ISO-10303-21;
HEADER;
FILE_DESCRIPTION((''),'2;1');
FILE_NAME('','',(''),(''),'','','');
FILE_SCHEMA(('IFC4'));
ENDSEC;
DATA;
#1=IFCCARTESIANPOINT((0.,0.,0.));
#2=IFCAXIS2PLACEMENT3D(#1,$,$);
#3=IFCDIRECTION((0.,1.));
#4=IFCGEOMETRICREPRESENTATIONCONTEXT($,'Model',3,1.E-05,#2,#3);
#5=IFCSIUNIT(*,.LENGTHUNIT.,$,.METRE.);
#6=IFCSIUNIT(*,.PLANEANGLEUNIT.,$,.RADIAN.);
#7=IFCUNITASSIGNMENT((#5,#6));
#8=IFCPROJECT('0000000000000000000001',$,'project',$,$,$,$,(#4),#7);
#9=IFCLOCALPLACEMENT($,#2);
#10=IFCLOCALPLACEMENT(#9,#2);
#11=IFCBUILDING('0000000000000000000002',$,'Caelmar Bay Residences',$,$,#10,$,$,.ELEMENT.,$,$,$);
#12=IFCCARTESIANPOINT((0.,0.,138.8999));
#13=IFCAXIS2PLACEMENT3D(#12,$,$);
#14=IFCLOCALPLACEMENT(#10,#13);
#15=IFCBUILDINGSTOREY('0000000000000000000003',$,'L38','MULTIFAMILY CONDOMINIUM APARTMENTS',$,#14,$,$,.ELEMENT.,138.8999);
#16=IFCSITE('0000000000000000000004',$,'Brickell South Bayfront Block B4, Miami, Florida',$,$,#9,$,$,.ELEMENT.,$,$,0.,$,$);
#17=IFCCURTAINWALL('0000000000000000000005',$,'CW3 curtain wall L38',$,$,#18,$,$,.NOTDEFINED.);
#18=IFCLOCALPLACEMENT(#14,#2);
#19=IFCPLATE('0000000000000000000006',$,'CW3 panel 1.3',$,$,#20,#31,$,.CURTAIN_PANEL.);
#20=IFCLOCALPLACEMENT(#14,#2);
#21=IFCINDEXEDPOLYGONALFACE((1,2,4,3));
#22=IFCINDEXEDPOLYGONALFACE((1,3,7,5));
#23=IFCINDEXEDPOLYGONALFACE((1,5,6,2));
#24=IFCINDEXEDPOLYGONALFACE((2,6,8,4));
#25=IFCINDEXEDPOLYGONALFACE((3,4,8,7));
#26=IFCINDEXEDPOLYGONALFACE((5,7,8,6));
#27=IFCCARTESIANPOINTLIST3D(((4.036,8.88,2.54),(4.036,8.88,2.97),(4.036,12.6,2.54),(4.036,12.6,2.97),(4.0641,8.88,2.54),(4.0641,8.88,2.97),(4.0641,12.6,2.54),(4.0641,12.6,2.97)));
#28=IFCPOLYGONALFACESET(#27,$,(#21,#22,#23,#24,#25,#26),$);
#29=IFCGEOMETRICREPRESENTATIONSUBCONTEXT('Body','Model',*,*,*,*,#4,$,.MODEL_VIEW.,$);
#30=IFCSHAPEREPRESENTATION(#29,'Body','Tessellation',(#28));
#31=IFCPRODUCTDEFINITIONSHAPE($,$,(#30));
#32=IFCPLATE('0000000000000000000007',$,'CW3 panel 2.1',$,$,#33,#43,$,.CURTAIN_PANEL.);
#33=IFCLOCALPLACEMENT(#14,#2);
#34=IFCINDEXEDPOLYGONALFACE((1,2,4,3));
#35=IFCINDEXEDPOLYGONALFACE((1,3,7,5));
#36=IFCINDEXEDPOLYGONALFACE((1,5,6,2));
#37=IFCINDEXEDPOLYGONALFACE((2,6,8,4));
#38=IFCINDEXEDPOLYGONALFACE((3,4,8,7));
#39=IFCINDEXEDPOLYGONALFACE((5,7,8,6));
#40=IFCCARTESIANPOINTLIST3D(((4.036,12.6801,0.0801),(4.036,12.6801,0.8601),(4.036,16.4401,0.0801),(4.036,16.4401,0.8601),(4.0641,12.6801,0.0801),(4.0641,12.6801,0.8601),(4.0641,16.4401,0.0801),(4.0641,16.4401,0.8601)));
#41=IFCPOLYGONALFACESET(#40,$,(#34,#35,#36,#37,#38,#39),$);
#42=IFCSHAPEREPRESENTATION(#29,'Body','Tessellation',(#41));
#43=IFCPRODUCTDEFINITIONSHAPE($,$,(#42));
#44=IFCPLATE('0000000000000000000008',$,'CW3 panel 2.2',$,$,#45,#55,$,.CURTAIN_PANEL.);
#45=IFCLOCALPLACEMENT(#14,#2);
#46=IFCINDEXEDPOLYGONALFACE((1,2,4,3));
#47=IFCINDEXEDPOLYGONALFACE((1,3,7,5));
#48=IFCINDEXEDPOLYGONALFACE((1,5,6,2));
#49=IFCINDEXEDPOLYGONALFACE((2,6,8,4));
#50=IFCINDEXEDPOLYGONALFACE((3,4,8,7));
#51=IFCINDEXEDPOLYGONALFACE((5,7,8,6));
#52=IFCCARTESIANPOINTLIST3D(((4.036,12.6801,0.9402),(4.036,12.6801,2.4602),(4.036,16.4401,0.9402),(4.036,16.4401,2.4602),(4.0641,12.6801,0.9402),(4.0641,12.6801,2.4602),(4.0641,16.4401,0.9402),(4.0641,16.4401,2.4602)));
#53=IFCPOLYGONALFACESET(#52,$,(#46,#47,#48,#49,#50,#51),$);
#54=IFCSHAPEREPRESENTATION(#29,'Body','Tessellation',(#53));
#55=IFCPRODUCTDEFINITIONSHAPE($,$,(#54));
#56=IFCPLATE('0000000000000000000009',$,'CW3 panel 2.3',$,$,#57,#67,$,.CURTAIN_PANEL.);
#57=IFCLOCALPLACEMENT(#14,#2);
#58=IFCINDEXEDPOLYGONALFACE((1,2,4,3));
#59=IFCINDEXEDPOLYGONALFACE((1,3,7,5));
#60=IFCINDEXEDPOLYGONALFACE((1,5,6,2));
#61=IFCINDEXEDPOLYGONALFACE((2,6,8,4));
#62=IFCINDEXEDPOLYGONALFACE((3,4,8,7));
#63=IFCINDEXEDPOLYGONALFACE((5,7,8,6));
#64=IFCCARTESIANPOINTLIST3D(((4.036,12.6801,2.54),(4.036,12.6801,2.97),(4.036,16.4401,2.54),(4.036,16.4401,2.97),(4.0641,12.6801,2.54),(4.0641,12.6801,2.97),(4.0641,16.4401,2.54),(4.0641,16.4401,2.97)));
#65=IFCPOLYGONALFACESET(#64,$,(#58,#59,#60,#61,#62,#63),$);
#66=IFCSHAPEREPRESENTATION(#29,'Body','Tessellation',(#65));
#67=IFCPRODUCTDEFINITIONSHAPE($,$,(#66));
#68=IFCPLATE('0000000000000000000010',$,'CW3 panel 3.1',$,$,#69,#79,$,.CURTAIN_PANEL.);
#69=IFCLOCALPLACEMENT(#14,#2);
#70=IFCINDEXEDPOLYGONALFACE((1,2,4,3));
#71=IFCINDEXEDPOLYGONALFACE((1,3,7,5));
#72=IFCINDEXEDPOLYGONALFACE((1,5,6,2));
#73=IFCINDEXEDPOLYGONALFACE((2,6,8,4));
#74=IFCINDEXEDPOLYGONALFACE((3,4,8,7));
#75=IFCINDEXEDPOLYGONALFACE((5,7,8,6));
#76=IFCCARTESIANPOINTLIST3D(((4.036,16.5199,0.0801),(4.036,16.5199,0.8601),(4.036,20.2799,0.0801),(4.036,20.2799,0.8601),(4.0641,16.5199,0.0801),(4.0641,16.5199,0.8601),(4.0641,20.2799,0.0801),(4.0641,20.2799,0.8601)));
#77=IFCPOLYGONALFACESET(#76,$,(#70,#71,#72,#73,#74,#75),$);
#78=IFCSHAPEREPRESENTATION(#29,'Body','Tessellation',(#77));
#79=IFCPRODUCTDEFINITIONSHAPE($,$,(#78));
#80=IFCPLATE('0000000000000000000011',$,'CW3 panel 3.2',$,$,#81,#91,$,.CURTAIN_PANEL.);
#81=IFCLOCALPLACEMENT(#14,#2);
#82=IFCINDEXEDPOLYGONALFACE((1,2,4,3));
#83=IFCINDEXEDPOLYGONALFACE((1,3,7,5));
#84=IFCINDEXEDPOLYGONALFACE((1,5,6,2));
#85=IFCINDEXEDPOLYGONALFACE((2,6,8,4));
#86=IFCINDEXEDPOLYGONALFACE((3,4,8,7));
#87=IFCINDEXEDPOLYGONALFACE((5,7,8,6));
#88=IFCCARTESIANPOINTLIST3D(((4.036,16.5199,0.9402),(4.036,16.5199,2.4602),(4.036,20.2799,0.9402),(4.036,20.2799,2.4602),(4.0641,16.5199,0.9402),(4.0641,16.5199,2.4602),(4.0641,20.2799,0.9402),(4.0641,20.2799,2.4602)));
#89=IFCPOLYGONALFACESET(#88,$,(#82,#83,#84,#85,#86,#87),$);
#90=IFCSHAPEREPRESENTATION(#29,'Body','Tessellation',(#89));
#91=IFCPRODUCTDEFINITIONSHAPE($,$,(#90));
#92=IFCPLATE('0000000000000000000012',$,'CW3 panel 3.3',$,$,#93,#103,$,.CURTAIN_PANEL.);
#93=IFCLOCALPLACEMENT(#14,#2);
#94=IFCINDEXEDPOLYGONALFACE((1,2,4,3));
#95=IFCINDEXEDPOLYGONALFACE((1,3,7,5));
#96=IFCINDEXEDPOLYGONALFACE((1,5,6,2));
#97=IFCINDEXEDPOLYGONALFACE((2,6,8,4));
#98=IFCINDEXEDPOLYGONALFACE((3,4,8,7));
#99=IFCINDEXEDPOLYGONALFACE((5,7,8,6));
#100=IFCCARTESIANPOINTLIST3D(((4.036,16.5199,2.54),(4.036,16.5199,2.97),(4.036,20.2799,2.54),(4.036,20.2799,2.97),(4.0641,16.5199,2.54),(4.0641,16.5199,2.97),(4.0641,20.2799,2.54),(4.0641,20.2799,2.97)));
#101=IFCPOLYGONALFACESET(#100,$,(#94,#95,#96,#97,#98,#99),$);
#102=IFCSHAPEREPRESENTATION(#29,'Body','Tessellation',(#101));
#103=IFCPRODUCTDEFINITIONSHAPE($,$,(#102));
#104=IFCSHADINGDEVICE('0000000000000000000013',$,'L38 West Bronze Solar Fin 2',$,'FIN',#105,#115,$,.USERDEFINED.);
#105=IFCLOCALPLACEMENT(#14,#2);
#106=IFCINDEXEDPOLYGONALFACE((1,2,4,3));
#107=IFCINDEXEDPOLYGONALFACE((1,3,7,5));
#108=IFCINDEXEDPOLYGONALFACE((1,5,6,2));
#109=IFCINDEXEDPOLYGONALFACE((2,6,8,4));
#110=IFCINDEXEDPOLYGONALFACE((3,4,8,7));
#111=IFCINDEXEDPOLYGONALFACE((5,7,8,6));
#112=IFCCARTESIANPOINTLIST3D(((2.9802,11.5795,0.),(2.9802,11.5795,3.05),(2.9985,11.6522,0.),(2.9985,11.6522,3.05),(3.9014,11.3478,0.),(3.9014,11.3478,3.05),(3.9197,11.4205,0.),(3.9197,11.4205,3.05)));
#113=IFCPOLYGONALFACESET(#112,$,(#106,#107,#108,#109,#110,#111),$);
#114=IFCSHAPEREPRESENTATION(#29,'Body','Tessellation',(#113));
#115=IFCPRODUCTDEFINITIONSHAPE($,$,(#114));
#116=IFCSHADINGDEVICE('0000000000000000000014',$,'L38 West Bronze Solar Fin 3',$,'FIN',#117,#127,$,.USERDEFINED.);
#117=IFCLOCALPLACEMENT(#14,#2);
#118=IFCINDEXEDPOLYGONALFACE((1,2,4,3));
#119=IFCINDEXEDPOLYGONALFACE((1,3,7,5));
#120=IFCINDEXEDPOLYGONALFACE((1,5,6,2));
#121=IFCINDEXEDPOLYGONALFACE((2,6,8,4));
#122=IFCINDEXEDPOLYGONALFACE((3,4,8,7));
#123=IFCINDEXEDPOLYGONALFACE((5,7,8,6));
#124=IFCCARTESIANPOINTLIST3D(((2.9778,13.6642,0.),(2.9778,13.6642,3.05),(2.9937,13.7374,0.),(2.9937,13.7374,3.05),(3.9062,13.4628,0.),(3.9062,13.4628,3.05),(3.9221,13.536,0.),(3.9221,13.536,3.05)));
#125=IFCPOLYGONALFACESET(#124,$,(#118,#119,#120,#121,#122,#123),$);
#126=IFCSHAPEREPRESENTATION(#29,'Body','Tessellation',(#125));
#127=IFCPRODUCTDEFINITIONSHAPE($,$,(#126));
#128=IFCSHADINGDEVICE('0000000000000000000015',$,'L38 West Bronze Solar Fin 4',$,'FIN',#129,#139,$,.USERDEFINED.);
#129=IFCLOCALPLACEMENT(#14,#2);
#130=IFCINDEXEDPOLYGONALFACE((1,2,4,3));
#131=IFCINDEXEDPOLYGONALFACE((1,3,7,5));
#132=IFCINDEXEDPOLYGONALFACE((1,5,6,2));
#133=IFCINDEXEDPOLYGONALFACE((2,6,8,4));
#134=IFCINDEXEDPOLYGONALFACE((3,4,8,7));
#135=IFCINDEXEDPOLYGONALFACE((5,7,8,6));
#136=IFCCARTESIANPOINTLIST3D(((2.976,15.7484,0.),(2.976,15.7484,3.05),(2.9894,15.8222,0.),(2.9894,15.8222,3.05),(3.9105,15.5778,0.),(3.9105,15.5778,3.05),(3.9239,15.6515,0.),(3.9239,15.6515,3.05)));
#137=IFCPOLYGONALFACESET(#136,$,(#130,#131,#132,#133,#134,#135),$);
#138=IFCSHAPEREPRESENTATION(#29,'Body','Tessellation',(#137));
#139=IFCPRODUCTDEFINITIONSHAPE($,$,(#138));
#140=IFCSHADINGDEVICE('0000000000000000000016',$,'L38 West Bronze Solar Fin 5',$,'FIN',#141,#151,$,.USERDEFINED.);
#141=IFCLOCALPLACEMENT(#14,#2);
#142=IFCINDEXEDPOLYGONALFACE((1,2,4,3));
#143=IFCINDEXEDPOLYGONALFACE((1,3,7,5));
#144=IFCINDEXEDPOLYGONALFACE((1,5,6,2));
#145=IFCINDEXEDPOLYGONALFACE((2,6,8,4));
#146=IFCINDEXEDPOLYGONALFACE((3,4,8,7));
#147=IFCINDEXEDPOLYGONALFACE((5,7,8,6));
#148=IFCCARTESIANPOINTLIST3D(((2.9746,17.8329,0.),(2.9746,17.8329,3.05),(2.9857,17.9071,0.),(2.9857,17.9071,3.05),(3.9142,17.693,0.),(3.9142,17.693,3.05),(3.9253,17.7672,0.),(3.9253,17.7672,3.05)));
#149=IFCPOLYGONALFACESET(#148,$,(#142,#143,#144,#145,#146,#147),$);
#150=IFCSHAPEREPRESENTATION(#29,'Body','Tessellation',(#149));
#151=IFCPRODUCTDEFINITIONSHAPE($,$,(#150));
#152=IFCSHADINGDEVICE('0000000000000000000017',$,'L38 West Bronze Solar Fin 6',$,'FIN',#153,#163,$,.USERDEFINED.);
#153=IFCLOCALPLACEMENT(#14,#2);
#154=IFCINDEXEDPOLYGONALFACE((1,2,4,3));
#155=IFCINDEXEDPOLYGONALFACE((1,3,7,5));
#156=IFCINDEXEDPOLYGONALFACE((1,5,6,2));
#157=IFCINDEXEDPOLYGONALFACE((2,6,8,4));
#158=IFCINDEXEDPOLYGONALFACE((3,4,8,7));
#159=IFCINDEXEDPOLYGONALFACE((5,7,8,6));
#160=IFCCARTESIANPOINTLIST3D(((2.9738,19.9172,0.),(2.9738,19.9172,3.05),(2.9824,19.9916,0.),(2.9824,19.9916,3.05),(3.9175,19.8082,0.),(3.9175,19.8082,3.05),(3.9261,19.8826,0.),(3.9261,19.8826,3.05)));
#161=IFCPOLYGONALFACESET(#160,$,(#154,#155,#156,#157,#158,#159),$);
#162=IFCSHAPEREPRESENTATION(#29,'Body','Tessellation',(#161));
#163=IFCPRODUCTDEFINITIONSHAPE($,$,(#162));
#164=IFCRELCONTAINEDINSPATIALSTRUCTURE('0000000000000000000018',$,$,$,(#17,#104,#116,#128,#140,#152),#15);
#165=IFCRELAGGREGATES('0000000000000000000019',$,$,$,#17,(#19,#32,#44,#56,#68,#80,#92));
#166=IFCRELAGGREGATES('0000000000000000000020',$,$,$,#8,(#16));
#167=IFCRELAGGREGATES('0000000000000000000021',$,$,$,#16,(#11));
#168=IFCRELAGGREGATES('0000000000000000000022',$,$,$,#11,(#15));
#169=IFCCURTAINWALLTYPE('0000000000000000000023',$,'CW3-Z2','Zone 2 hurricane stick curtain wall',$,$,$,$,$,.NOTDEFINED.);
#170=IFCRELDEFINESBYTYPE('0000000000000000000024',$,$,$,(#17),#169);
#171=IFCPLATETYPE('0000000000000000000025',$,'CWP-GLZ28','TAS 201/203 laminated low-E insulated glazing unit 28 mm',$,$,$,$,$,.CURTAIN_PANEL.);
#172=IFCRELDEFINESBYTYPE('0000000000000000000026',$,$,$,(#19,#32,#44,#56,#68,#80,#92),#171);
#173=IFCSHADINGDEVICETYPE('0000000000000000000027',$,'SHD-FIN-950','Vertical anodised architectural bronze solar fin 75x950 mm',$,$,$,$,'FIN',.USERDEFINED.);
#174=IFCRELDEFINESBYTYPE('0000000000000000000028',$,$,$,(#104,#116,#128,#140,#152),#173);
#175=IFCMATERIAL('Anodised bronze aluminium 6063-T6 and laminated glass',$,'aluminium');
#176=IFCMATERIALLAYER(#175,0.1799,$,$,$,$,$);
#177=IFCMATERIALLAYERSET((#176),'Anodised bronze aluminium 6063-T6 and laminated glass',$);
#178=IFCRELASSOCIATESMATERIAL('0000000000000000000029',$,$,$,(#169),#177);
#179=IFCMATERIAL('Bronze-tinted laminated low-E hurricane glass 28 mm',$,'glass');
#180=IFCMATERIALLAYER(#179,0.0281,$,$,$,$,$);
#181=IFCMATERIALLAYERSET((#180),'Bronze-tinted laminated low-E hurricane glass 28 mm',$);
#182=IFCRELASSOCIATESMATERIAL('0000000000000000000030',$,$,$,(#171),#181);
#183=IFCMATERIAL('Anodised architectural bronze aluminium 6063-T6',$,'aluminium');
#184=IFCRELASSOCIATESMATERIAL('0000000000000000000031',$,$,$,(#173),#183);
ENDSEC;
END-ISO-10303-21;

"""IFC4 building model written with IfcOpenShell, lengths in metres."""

from ifc_helpers import new_model, si_unit, direction, frame, origin, origin_2d, place, context, subcontext, project, spatial, rectangle, extrude, material, layer, layer_set, material_profile, profile_set, type_object, element, aggregate, save


model = new_model("IFC4")

# Units and contexts
model_context = context("Model", 3, precision=1e-05, world=origin(), true_north=direction((0.0, 1.0)))
body_context = subcontext(model_context, "Body", "Model", "MODEL_VIEW")
ifc_project = project(units=[si_unit("LENGTHUNIT", "METRE"), si_unit("PLANEANGLEUNIT", "RADIAN")], contexts=[model_context])

# Site, building, storey
site_placement = place(None, origin())
site = spatial("IfcSite", under=ifc_project, at=site_placement, Name="Brickell South Bayfront Block B4, Miami, Florida", CompositionType="ELEMENT", RefElevation=0.0)
building_placement = place(site_placement, origin())
building = spatial("IfcBuilding", under=site, at=building_placement, Name="Caelmar Bay Residences", CompositionType="ELEMENT")
storey_placement = place(building_placement, frame((0.0, 0.0, 138.8999)))
storey = spatial("IfcBuildingStorey", under=building, at=storey_placement, Name="L38", Description="MULTIFAMILY CONDOMINIUM APARTMENTS", CompositionType="ELEMENT", Elevation=138.8999)

# Curtain wall, plates
ifc_material_1 = material(Name="Anodised bronze aluminium 6063-T6 and laminated glass", Category="aluminium")
ifc_layer_1 = layer(ifc_material_1, 0.1799)
ifc_layer_set_1 = layer_set([ifc_layer_1], Name="Anodised bronze aluminium 6063-T6 and laminated glass")
curtain_wall_type = type_object("IfcCurtainWallType", Name="CW3-Z2", Description="Zone 2 hurricane stick curtain wall", PredefinedType="NOTDEFINED", material=ifc_layer_set_1)
curtain_wall_placement = place(storey_placement, origin())
curtain_wall = element("IfcCurtainWall", 1, at=curtain_wall_placement, inside=storey, type_object=curtain_wall_type, Name="CW3 curtain wall L38", PredefinedType="NOTDEFINED")
ifc_material_2 = material(Name="Bronze-tinted laminated low-E hurricane glass 28 mm", Category="glass")
ifc_layer_2 = layer(ifc_material_2, 0.0281)
ifc_layer_set_2 = layer_set([ifc_layer_2], Name="Bronze-tinted laminated low-E hurricane glass 28 mm")
plate_type = type_object("IfcPlateType", Name="CWP-GLZ28", Description="TAS 201/203 laminated low-E insulated glazing unit 28 mm", PredefinedType="CURTAIN_PANEL", material=ifc_layer_set_2)
plate_1_placement = place(storey_placement, frame((4.05, 10.74, 2.54), z_axis=(0.0, 0.0, 1.0), x_axis=(0.0, 1.0, 0.0)))
plate_1 = element("IfcPlate", 2, at=plate_1_placement, type_object=plate_type, Name="CW3 panel 1.3", PredefinedType="CURTAIN_PANEL", context=body_context, shape_type="SweptSolid", body=[
    extrude(rectangle(XDim=3.72, YDim=0.0281, at=origin_2d()), origin(), (0.0, 0.0, 1.0), 0.4299),
])
plate_2_placement = place(storey_placement, frame((4.05, 14.5601, 0.0801), z_axis=(0.0, 0.0, 1.0), x_axis=(0.0, 1.0, 0.0)))
plate_2 = element("IfcPlate", 3, at=plate_2_placement, type_object=plate_type, Name="CW3 panel 2.1", PredefinedType="CURTAIN_PANEL", context=body_context, shape_type="SweptSolid", body=[
    extrude(rectangle(XDim=3.76, YDim=0.0281, at=origin_2d()), origin(), (0.0, 0.0, 1.0), 0.78),
])
plate_3_placement = place(storey_placement, frame((4.05, 14.5601, 0.9402), z_axis=(0.0, 0.0, 1.0), x_axis=(0.0, 1.0, 0.0)))
plate_3 = element("IfcPlate", 4, at=plate_3_placement, type_object=plate_type, Name="CW3 panel 2.2", PredefinedType="CURTAIN_PANEL", context=body_context, shape_type="SweptSolid", body=[
    extrude(rectangle(XDim=3.76, YDim=0.0281, at=origin_2d()), origin(), (0.0, 0.0, 1.0), 1.52),
])
plate_4_placement = place(storey_placement, frame((4.05, 14.5601, 2.54), z_axis=(0.0, 0.0, 1.0), x_axis=(0.0, 1.0, 0.0)))
plate_4 = element("IfcPlate", 5, at=plate_4_placement, type_object=plate_type, Name="CW3 panel 2.3", PredefinedType="CURTAIN_PANEL", context=body_context, shape_type="SweptSolid", body=[
    extrude(rectangle(XDim=3.76, YDim=0.0281, at=origin_2d()), origin(), (0.0, 0.0, 1.0), 0.4299),
])
plate_5_placement = place(storey_placement, frame((4.05, 18.3999, 0.0801), z_axis=(0.0, 0.0, 1.0), x_axis=(0.0, 1.0, 0.0)))
plate_5 = element("IfcPlate", 6, at=plate_5_placement, type_object=plate_type, Name="CW3 panel 3.1", PredefinedType="CURTAIN_PANEL", context=body_context, shape_type="SweptSolid", body=[
    extrude(rectangle(XDim=3.76, YDim=0.0281, at=origin_2d()), origin(), (0.0, 0.0, 1.0), 0.78),
])
plate_6_placement = place(storey_placement, frame((4.05, 18.3999, 0.9402), z_axis=(0.0, 0.0, 1.0), x_axis=(0.0, 1.0, 0.0)))
plate_6 = element("IfcPlate", 7, at=plate_6_placement, type_object=plate_type, Name="CW3 panel 3.2", PredefinedType="CURTAIN_PANEL", context=body_context, shape_type="SweptSolid", body=[
    extrude(rectangle(XDim=3.76, YDim=0.0281, at=origin_2d()), origin(), (0.0, 0.0, 1.0), 1.52),
])
plate_7_placement = place(storey_placement, frame((4.05, 18.3999, 2.54), z_axis=(0.0, 0.0, 1.0), x_axis=(0.0, 1.0, 0.0)))
plate_7 = element("IfcPlate", 8, at=plate_7_placement, type_object=plate_type, Name="CW3 panel 3.3", PredefinedType="CURTAIN_PANEL", context=body_context, shape_type="SweptSolid", body=[
    extrude(rectangle(XDim=3.76, YDim=0.0281, at=origin_2d()), origin(), (0.0, 0.0, 1.0), 0.4299),
])
aggregate(curtain_wall, [plate_1, plate_2, plate_3, plate_4, plate_5, plate_6, plate_7])

# Shading devices
ifc_material_3 = material(Name="Anodised architectural bronze aluminium 6063-T6", Category="aluminium")
ifc_material_profile_1 = material_profile(ifc_material_3, rectangle(XDim=0.075, YDim=0.95, at=origin_2d()), Name="BRONZE-FIN-75X950")
ifc_profile_set_1 = profile_set([ifc_material_profile_1], Name="Anodised architectural bronze aluminium 6063-T6")
shading_device_type = type_object("IfcShadingDeviceType", Name="SHD-FIN-950", Description="Vertical anodised architectural bronze solar fin 75x950 mm", ElementType="FIN", PredefinedType="USERDEFINED", material=ifc_profile_set_1)
for number, where, z_axis, x_axis, name in (
    (9, (3.45, 11.5, 0.0), (0.0, 0.0, 1.0), (0.243954, 0.969787, 0.0), "L38 West Bronze Solar Fin 2"),
    (10, (3.45, 13.6001, 0.0), (0.0, 0.0, 1.0), (0.212007, 0.977268, 0.0), "L38 West Bronze Solar Fin 3"),
    (11, (3.45, 15.7, 0.0), (0.0, 0.0, 1.0), (0.179661, 0.983729, 0.0), "L38 West Bronze Solar Fin 4"),
    (12, (3.45, 17.8, 0.0), (0.0, 0.0, 1.0), (0.147292, 0.989093, 0.0), "L38 West Bronze Solar Fin 5"),
    (13, (3.45, 19.8999, 0.0), (0.0, 0.0, 1.0), (0.114764, 0.993393, 0.0), "L38 West Bronze Solar Fin 6"),
):
    element("IfcShadingDevice", number, at=place(storey_placement, frame(where, z_axis=z_axis, x_axis=x_axis)), inside=storey, type_object=shading_device_type, Name=name, ObjectType="FIN", PredefinedType="USERDEFINED", context=body_context, shape_type="SweptSolid", body=[
        extrude(rectangle(XDim=0.075, YDim=0.95, at=origin_2d()), origin(), (0.0, 0.0, 1.0), 3.05),
    ])

save(model, "model.ifc")
